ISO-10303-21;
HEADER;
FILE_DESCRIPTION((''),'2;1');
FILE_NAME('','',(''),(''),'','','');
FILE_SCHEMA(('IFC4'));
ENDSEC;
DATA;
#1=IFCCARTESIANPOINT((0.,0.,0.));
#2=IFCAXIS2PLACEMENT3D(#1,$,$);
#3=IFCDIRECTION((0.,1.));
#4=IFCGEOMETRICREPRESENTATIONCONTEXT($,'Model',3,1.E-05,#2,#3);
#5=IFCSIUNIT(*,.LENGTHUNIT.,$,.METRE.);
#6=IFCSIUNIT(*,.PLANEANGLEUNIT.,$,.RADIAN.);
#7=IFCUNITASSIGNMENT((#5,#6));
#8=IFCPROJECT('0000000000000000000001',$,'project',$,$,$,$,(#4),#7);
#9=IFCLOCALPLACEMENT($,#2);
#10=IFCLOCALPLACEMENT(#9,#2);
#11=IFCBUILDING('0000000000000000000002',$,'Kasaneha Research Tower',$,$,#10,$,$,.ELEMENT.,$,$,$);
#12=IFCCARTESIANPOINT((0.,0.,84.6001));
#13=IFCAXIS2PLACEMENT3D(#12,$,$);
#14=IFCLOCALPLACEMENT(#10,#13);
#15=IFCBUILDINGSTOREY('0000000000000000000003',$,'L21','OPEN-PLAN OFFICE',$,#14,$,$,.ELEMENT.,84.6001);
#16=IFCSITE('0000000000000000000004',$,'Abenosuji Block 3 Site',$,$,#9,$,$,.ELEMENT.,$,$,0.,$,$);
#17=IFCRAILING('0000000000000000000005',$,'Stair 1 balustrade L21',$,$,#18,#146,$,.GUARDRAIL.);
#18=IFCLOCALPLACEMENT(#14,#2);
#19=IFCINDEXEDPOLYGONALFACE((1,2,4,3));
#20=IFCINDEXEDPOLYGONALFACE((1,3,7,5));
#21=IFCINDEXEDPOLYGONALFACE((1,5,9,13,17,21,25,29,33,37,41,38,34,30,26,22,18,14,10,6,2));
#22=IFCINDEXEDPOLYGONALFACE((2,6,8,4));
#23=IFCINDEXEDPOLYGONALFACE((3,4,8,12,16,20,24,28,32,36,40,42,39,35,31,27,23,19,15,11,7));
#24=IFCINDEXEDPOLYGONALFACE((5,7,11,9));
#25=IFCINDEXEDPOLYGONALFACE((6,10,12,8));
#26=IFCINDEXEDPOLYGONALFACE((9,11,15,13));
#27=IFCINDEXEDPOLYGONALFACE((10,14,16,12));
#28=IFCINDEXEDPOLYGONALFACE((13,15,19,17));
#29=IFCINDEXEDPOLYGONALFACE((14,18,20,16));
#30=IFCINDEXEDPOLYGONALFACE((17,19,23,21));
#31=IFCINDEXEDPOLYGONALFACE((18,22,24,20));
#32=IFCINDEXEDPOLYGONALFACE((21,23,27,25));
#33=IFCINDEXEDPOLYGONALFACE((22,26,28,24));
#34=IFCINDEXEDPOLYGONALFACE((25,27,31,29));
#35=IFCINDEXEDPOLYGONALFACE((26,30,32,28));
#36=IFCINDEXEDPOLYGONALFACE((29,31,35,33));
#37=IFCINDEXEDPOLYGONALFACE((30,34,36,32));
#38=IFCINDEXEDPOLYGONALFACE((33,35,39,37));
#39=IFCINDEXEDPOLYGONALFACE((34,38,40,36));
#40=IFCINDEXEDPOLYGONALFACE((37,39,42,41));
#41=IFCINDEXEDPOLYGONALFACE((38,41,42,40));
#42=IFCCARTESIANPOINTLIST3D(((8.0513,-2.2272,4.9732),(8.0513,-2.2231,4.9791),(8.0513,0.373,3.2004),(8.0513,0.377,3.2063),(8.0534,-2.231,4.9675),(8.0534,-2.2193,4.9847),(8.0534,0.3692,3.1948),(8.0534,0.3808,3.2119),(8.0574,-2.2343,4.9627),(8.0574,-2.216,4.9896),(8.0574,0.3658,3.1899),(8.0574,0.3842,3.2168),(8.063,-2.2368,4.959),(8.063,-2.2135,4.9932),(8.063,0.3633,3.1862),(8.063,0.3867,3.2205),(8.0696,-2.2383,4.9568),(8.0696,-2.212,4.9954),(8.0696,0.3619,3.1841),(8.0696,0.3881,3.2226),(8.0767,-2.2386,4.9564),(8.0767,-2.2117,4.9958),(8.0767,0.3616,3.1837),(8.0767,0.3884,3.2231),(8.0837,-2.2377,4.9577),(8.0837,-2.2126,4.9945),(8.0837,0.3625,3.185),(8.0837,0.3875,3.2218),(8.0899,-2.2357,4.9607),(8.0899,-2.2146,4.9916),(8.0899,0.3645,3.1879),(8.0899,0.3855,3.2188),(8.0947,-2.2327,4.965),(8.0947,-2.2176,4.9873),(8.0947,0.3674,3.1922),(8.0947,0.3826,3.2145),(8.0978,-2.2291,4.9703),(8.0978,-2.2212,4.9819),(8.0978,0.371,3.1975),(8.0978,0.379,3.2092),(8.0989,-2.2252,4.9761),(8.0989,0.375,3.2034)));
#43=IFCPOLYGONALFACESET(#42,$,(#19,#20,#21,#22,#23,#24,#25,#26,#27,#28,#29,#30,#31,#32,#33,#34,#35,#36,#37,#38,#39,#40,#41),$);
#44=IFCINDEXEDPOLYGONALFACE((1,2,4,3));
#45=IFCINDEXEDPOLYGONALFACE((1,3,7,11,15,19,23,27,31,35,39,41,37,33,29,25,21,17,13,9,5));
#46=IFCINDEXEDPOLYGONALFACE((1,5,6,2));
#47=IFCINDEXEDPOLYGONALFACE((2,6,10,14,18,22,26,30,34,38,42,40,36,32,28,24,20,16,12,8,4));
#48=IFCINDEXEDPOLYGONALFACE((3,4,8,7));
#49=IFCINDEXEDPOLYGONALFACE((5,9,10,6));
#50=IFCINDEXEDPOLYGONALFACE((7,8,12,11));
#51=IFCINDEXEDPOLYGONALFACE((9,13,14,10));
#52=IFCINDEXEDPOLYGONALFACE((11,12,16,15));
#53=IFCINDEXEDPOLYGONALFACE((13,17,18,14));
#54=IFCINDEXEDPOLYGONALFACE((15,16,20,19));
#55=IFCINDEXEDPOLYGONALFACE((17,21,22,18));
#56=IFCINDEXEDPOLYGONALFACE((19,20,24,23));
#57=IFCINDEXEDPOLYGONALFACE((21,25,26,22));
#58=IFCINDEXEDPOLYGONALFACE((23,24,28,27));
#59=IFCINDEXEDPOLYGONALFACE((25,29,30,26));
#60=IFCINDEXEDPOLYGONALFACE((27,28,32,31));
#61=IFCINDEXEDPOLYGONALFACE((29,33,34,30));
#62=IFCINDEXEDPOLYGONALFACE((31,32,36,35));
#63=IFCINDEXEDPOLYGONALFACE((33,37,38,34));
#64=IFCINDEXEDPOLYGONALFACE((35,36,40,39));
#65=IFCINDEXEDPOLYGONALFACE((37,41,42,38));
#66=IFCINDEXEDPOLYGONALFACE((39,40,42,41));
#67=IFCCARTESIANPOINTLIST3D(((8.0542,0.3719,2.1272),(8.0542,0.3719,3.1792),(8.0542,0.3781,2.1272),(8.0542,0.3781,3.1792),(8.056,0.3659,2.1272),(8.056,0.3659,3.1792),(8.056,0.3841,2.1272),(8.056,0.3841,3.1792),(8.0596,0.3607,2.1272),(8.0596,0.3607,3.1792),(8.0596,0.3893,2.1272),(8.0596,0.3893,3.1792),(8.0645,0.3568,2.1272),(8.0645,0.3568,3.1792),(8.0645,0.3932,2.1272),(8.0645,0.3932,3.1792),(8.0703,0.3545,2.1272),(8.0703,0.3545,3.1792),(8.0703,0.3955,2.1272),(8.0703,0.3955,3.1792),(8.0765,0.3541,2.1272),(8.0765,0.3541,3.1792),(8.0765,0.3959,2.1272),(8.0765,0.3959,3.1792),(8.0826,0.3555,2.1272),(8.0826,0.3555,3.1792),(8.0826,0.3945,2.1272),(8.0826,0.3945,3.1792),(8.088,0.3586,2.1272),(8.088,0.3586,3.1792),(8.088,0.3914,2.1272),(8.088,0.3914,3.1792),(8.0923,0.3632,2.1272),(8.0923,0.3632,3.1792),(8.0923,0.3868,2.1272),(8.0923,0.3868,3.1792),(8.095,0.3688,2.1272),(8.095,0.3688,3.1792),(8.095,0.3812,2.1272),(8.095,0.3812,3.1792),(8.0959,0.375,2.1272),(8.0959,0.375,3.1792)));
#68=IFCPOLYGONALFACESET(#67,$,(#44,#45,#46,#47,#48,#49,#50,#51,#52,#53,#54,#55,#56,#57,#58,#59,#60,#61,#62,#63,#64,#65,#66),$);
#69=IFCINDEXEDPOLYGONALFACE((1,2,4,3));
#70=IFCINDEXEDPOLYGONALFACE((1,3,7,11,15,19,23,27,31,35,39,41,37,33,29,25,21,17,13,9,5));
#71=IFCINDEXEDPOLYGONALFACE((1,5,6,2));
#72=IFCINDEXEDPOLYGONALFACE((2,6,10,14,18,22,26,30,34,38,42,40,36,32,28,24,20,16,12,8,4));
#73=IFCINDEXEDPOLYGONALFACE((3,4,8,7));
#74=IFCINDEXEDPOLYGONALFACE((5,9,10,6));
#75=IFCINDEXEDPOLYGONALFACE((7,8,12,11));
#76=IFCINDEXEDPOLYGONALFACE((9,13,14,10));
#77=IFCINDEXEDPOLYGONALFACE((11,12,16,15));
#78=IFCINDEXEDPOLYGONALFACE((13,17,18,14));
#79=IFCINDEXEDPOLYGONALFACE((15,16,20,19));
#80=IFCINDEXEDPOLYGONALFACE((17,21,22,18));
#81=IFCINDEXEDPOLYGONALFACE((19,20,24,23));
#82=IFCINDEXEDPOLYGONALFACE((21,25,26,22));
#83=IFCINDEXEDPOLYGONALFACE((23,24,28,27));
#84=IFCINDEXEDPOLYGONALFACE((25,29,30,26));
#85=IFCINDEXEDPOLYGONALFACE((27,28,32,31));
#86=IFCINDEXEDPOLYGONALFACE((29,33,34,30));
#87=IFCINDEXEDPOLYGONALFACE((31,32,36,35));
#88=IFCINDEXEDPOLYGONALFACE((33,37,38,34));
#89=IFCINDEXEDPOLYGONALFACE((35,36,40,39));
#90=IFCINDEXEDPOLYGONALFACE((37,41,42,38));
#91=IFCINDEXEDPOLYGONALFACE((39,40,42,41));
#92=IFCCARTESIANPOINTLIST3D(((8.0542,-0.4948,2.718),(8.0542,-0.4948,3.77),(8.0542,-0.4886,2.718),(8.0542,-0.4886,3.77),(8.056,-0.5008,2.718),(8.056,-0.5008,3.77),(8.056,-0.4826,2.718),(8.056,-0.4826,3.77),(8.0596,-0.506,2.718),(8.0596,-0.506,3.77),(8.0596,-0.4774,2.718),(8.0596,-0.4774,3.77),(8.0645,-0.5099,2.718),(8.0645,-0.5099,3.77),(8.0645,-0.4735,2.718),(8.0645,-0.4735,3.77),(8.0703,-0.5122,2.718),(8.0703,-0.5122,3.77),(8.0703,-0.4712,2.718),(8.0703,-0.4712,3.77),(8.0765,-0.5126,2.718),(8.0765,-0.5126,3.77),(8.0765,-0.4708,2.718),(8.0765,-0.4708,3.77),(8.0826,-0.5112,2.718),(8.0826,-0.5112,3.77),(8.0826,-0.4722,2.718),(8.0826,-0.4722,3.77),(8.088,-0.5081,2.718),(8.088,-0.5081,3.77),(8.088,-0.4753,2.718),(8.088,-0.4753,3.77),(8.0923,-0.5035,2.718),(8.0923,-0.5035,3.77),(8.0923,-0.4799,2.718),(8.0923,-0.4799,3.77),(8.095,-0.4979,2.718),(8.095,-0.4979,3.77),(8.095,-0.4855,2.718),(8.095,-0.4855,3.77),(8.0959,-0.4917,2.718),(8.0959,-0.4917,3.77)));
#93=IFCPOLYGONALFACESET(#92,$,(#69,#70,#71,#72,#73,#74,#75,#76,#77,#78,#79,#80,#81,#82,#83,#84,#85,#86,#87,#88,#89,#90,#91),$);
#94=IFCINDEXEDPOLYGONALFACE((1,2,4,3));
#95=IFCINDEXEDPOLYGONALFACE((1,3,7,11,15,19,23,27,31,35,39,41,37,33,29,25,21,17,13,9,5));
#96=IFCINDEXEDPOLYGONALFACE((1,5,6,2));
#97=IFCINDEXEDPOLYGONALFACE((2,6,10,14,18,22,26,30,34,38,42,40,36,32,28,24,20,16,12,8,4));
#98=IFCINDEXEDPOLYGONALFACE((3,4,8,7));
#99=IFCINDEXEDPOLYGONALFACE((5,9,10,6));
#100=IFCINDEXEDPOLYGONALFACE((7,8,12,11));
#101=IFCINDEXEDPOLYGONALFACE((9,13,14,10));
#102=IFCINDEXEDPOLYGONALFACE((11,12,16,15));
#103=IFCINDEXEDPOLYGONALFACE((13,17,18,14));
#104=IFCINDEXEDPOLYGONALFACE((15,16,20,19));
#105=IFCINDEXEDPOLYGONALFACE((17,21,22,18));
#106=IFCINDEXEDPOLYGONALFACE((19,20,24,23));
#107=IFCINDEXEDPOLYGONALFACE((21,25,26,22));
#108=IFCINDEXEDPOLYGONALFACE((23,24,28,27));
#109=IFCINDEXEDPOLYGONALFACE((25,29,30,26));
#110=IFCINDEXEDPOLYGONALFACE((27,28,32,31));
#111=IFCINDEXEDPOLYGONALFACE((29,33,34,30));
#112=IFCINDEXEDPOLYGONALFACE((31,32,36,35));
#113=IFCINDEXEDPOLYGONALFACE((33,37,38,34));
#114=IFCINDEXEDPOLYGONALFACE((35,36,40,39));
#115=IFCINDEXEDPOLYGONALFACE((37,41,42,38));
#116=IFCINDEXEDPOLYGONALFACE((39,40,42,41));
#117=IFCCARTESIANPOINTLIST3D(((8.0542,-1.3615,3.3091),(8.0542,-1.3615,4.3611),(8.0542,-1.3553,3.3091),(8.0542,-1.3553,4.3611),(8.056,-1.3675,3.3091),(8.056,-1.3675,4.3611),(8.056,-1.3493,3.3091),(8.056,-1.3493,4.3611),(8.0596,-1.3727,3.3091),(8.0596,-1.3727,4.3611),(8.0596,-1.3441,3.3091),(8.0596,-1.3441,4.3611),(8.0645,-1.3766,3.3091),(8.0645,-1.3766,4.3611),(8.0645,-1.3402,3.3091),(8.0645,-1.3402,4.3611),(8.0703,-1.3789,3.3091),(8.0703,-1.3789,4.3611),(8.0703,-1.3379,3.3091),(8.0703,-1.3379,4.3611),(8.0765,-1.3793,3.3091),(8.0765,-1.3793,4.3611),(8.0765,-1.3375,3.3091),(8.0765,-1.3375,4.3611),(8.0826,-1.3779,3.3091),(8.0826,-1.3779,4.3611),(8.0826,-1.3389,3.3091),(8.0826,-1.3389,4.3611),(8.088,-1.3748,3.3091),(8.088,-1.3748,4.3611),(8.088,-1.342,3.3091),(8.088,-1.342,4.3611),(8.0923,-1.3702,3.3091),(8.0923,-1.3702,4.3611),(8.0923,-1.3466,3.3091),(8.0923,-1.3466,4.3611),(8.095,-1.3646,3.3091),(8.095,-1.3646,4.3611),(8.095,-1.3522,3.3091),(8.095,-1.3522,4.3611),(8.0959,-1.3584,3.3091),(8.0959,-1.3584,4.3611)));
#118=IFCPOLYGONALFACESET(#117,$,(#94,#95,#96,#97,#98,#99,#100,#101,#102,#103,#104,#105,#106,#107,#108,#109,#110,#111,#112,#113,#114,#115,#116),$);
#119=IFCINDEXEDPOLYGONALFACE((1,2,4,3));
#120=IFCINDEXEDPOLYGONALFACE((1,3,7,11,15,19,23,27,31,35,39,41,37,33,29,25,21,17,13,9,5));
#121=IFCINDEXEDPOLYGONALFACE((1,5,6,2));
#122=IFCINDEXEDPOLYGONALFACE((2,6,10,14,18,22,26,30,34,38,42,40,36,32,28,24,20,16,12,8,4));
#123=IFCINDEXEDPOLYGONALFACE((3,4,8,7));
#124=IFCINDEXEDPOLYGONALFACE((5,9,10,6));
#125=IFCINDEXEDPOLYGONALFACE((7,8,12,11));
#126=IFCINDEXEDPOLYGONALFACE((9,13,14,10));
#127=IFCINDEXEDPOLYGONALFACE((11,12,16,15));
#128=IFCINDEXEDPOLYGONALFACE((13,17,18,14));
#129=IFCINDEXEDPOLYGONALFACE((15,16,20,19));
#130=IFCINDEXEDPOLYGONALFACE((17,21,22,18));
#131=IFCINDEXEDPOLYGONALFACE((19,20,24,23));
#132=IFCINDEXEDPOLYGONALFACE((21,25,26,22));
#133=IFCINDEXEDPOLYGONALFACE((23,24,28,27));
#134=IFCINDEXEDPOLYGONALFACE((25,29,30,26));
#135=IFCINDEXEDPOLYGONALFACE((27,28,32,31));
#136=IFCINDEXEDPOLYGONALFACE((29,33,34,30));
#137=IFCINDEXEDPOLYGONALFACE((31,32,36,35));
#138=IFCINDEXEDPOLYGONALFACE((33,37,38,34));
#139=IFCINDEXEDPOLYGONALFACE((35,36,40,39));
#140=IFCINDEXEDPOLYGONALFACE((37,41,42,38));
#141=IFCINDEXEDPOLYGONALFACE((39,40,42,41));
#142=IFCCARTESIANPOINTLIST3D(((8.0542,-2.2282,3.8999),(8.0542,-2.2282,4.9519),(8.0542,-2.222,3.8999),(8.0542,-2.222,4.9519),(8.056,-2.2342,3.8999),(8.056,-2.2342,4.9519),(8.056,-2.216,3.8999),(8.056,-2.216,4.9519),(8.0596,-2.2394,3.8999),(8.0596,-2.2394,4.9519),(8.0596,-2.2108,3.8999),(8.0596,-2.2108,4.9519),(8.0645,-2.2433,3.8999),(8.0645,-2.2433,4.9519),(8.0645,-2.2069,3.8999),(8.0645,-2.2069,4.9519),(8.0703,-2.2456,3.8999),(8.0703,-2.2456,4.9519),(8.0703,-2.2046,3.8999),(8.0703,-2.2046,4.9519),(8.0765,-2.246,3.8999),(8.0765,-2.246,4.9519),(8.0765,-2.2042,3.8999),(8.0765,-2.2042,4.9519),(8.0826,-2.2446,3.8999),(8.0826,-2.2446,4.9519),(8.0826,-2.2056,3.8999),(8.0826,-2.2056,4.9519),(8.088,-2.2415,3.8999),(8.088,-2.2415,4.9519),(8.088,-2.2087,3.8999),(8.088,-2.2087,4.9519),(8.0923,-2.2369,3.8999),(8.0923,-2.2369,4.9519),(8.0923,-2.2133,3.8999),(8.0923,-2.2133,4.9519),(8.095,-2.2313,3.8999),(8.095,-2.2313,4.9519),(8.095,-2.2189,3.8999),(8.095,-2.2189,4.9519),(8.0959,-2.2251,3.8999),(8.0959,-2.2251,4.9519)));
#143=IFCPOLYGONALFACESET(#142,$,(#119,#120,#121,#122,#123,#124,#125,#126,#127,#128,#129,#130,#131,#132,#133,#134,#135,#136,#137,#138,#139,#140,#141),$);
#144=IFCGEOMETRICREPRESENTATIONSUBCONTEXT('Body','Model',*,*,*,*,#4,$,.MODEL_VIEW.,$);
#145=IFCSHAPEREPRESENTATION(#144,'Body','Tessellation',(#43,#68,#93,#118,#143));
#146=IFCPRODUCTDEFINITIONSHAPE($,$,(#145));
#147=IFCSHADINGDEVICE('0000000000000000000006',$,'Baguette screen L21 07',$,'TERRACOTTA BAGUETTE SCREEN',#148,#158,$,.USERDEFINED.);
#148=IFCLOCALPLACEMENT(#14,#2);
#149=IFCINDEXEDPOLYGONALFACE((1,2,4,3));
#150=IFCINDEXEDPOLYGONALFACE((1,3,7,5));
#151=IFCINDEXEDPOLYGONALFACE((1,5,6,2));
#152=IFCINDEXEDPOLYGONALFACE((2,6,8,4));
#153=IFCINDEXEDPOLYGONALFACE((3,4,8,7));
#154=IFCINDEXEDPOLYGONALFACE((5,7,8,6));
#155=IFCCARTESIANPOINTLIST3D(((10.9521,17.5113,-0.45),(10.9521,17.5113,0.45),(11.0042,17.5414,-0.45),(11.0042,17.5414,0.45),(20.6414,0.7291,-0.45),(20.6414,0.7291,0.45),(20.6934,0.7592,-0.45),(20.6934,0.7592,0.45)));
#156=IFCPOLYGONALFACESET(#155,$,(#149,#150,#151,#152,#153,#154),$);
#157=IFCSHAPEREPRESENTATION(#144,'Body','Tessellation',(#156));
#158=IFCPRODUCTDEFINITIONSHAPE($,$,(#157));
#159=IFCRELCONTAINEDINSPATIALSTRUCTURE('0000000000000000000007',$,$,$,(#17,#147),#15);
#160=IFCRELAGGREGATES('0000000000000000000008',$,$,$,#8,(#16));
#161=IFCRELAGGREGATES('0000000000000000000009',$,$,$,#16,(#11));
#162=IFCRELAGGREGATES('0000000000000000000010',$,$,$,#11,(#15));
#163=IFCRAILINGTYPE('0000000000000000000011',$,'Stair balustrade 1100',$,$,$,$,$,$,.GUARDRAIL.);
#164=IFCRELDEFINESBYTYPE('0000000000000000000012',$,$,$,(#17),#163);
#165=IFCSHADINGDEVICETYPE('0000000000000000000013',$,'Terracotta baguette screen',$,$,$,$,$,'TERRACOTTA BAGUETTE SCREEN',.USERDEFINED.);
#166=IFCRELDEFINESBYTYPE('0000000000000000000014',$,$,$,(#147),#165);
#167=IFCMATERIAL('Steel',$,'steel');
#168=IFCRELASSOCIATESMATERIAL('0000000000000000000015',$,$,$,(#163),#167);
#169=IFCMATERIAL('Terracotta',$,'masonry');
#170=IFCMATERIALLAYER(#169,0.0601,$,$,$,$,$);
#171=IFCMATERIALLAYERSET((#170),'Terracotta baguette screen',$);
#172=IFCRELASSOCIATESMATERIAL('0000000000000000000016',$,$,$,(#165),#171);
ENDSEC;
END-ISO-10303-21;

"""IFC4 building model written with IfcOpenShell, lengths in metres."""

from ifc_helpers import new_model, si_unit, direction, frame, origin, origin_2d, place, context, subcontext, project, spatial, rectangle, circle, extrude, material, layer, layer_set, type_object, element, save


model = new_model("IFC4")

# Units and contexts
model_context = context("Model", 3, precision=1e-05, world=origin(), true_north=direction((0.0, 1.0)))
body_context = subcontext(model_context, "Body", "Model", "MODEL_VIEW")
ifc_project = project(units=[si_unit("LENGTHUNIT", "METRE"), si_unit("PLANEANGLEUNIT", "RADIAN")], contexts=[model_context])

# Site, building, storey
site_placement = place(None, origin())
site = spatial("IfcSite", under=ifc_project, at=site_placement, Name="Abenosuji Block 3 Site", CompositionType="ELEMENT", RefElevation=0.0)
building_placement = place(site_placement, origin())
building = spatial("IfcBuilding", under=site, at=building_placement, Name="Kasaneha Research Tower", CompositionType="ELEMENT")
storey_placement = place(building_placement, frame((0.0, 0.0, 84.6001)))
storey = spatial("IfcBuildingStorey", under=building, at=storey_placement, Name="L21", Description="OPEN-PLAN OFFICE", CompositionType="ELEMENT", Elevation=84.6001)

# Railing
ifc_material_1 = material(Name="Steel", Category="steel")
railing_type = type_object("IfcRailingType", Name="Stair balustrade 1100", PredefinedType="GUARDRAIL", material=ifc_material_1)
railing_placement = place(storey_placement, frame((8.075, 0.375, 2.1272)))
element("IfcRailing", 1, at=railing_placement, inside=storey, type_object=railing_type, Name="Stair 1 balustrade L21", PredefinedType="GUARDRAIL", context=body_context, shape_type="SweptSolid", body=[
    extrude(circle(Radius=0.0239, at=origin_2d()), frame((0.0, 0.0, 1.0762), z_axis=(0.0, -0.82624, 0.563318), x_axis=(1.0, 0.0, 0.0)), (0.0, 0.0, 1.0), 3.147),
    extrude(circle(Radius=0.021, at=origin_2d()), origin(), (0.0, 0.0, 1.0), 1.052),
    extrude(circle(Radius=0.021, at=origin_2d()), frame((0.0, -0.8667, 0.5908)), (0.0, 0.0, 1.0), 1.052),
    extrude(circle(Radius=0.021, at=origin_2d()), frame((0.0, -1.7334, 1.1819)), (0.0, 0.0, 1.0), 1.052),
    extrude(circle(Radius=0.021, at=origin_2d()), frame((0.0, -2.6001, 1.7727)), (0.0, 0.0, 1.0), 1.052),
])

# Shading device
ifc_material_2 = material(Name="Terracotta", Category="masonry")
ifc_layer_1 = layer(ifc_material_2, 0.0601)
ifc_layer_set_1 = layer_set([ifc_layer_1], Name="Terracotta baguette screen")
shading_device_type = type_object("IfcShadingDeviceType", Name="Terracotta baguette screen", ElementType="TERRACOTTA BAGUETTE SCREEN", PredefinedType="USERDEFINED", material=ifc_layer_set_1)
shading_device_placement = place(storey_placement, frame((15.8228, 9.1353, -0.45), z_axis=(0.0, 0.0, 1.0), x_axis=(-0.5, 0.866025, 0.0)))
element("IfcShadingDevice", 2, at=shading_device_placement, inside=storey, type_object=shading_device_type, Name="Baguette screen L21 07", ObjectType="TERRACOTTA BAGUETTE SCREEN", PredefinedType="USERDEFINED", context=body_context, shape_type="SweptSolid", body=[
    extrude(rectangle(XDim=19.3784, YDim=0.0601, at=origin_2d()), origin(), (0.0, 0.0, 1.0), 0.8999),
])

save(model, "model.ifc")
